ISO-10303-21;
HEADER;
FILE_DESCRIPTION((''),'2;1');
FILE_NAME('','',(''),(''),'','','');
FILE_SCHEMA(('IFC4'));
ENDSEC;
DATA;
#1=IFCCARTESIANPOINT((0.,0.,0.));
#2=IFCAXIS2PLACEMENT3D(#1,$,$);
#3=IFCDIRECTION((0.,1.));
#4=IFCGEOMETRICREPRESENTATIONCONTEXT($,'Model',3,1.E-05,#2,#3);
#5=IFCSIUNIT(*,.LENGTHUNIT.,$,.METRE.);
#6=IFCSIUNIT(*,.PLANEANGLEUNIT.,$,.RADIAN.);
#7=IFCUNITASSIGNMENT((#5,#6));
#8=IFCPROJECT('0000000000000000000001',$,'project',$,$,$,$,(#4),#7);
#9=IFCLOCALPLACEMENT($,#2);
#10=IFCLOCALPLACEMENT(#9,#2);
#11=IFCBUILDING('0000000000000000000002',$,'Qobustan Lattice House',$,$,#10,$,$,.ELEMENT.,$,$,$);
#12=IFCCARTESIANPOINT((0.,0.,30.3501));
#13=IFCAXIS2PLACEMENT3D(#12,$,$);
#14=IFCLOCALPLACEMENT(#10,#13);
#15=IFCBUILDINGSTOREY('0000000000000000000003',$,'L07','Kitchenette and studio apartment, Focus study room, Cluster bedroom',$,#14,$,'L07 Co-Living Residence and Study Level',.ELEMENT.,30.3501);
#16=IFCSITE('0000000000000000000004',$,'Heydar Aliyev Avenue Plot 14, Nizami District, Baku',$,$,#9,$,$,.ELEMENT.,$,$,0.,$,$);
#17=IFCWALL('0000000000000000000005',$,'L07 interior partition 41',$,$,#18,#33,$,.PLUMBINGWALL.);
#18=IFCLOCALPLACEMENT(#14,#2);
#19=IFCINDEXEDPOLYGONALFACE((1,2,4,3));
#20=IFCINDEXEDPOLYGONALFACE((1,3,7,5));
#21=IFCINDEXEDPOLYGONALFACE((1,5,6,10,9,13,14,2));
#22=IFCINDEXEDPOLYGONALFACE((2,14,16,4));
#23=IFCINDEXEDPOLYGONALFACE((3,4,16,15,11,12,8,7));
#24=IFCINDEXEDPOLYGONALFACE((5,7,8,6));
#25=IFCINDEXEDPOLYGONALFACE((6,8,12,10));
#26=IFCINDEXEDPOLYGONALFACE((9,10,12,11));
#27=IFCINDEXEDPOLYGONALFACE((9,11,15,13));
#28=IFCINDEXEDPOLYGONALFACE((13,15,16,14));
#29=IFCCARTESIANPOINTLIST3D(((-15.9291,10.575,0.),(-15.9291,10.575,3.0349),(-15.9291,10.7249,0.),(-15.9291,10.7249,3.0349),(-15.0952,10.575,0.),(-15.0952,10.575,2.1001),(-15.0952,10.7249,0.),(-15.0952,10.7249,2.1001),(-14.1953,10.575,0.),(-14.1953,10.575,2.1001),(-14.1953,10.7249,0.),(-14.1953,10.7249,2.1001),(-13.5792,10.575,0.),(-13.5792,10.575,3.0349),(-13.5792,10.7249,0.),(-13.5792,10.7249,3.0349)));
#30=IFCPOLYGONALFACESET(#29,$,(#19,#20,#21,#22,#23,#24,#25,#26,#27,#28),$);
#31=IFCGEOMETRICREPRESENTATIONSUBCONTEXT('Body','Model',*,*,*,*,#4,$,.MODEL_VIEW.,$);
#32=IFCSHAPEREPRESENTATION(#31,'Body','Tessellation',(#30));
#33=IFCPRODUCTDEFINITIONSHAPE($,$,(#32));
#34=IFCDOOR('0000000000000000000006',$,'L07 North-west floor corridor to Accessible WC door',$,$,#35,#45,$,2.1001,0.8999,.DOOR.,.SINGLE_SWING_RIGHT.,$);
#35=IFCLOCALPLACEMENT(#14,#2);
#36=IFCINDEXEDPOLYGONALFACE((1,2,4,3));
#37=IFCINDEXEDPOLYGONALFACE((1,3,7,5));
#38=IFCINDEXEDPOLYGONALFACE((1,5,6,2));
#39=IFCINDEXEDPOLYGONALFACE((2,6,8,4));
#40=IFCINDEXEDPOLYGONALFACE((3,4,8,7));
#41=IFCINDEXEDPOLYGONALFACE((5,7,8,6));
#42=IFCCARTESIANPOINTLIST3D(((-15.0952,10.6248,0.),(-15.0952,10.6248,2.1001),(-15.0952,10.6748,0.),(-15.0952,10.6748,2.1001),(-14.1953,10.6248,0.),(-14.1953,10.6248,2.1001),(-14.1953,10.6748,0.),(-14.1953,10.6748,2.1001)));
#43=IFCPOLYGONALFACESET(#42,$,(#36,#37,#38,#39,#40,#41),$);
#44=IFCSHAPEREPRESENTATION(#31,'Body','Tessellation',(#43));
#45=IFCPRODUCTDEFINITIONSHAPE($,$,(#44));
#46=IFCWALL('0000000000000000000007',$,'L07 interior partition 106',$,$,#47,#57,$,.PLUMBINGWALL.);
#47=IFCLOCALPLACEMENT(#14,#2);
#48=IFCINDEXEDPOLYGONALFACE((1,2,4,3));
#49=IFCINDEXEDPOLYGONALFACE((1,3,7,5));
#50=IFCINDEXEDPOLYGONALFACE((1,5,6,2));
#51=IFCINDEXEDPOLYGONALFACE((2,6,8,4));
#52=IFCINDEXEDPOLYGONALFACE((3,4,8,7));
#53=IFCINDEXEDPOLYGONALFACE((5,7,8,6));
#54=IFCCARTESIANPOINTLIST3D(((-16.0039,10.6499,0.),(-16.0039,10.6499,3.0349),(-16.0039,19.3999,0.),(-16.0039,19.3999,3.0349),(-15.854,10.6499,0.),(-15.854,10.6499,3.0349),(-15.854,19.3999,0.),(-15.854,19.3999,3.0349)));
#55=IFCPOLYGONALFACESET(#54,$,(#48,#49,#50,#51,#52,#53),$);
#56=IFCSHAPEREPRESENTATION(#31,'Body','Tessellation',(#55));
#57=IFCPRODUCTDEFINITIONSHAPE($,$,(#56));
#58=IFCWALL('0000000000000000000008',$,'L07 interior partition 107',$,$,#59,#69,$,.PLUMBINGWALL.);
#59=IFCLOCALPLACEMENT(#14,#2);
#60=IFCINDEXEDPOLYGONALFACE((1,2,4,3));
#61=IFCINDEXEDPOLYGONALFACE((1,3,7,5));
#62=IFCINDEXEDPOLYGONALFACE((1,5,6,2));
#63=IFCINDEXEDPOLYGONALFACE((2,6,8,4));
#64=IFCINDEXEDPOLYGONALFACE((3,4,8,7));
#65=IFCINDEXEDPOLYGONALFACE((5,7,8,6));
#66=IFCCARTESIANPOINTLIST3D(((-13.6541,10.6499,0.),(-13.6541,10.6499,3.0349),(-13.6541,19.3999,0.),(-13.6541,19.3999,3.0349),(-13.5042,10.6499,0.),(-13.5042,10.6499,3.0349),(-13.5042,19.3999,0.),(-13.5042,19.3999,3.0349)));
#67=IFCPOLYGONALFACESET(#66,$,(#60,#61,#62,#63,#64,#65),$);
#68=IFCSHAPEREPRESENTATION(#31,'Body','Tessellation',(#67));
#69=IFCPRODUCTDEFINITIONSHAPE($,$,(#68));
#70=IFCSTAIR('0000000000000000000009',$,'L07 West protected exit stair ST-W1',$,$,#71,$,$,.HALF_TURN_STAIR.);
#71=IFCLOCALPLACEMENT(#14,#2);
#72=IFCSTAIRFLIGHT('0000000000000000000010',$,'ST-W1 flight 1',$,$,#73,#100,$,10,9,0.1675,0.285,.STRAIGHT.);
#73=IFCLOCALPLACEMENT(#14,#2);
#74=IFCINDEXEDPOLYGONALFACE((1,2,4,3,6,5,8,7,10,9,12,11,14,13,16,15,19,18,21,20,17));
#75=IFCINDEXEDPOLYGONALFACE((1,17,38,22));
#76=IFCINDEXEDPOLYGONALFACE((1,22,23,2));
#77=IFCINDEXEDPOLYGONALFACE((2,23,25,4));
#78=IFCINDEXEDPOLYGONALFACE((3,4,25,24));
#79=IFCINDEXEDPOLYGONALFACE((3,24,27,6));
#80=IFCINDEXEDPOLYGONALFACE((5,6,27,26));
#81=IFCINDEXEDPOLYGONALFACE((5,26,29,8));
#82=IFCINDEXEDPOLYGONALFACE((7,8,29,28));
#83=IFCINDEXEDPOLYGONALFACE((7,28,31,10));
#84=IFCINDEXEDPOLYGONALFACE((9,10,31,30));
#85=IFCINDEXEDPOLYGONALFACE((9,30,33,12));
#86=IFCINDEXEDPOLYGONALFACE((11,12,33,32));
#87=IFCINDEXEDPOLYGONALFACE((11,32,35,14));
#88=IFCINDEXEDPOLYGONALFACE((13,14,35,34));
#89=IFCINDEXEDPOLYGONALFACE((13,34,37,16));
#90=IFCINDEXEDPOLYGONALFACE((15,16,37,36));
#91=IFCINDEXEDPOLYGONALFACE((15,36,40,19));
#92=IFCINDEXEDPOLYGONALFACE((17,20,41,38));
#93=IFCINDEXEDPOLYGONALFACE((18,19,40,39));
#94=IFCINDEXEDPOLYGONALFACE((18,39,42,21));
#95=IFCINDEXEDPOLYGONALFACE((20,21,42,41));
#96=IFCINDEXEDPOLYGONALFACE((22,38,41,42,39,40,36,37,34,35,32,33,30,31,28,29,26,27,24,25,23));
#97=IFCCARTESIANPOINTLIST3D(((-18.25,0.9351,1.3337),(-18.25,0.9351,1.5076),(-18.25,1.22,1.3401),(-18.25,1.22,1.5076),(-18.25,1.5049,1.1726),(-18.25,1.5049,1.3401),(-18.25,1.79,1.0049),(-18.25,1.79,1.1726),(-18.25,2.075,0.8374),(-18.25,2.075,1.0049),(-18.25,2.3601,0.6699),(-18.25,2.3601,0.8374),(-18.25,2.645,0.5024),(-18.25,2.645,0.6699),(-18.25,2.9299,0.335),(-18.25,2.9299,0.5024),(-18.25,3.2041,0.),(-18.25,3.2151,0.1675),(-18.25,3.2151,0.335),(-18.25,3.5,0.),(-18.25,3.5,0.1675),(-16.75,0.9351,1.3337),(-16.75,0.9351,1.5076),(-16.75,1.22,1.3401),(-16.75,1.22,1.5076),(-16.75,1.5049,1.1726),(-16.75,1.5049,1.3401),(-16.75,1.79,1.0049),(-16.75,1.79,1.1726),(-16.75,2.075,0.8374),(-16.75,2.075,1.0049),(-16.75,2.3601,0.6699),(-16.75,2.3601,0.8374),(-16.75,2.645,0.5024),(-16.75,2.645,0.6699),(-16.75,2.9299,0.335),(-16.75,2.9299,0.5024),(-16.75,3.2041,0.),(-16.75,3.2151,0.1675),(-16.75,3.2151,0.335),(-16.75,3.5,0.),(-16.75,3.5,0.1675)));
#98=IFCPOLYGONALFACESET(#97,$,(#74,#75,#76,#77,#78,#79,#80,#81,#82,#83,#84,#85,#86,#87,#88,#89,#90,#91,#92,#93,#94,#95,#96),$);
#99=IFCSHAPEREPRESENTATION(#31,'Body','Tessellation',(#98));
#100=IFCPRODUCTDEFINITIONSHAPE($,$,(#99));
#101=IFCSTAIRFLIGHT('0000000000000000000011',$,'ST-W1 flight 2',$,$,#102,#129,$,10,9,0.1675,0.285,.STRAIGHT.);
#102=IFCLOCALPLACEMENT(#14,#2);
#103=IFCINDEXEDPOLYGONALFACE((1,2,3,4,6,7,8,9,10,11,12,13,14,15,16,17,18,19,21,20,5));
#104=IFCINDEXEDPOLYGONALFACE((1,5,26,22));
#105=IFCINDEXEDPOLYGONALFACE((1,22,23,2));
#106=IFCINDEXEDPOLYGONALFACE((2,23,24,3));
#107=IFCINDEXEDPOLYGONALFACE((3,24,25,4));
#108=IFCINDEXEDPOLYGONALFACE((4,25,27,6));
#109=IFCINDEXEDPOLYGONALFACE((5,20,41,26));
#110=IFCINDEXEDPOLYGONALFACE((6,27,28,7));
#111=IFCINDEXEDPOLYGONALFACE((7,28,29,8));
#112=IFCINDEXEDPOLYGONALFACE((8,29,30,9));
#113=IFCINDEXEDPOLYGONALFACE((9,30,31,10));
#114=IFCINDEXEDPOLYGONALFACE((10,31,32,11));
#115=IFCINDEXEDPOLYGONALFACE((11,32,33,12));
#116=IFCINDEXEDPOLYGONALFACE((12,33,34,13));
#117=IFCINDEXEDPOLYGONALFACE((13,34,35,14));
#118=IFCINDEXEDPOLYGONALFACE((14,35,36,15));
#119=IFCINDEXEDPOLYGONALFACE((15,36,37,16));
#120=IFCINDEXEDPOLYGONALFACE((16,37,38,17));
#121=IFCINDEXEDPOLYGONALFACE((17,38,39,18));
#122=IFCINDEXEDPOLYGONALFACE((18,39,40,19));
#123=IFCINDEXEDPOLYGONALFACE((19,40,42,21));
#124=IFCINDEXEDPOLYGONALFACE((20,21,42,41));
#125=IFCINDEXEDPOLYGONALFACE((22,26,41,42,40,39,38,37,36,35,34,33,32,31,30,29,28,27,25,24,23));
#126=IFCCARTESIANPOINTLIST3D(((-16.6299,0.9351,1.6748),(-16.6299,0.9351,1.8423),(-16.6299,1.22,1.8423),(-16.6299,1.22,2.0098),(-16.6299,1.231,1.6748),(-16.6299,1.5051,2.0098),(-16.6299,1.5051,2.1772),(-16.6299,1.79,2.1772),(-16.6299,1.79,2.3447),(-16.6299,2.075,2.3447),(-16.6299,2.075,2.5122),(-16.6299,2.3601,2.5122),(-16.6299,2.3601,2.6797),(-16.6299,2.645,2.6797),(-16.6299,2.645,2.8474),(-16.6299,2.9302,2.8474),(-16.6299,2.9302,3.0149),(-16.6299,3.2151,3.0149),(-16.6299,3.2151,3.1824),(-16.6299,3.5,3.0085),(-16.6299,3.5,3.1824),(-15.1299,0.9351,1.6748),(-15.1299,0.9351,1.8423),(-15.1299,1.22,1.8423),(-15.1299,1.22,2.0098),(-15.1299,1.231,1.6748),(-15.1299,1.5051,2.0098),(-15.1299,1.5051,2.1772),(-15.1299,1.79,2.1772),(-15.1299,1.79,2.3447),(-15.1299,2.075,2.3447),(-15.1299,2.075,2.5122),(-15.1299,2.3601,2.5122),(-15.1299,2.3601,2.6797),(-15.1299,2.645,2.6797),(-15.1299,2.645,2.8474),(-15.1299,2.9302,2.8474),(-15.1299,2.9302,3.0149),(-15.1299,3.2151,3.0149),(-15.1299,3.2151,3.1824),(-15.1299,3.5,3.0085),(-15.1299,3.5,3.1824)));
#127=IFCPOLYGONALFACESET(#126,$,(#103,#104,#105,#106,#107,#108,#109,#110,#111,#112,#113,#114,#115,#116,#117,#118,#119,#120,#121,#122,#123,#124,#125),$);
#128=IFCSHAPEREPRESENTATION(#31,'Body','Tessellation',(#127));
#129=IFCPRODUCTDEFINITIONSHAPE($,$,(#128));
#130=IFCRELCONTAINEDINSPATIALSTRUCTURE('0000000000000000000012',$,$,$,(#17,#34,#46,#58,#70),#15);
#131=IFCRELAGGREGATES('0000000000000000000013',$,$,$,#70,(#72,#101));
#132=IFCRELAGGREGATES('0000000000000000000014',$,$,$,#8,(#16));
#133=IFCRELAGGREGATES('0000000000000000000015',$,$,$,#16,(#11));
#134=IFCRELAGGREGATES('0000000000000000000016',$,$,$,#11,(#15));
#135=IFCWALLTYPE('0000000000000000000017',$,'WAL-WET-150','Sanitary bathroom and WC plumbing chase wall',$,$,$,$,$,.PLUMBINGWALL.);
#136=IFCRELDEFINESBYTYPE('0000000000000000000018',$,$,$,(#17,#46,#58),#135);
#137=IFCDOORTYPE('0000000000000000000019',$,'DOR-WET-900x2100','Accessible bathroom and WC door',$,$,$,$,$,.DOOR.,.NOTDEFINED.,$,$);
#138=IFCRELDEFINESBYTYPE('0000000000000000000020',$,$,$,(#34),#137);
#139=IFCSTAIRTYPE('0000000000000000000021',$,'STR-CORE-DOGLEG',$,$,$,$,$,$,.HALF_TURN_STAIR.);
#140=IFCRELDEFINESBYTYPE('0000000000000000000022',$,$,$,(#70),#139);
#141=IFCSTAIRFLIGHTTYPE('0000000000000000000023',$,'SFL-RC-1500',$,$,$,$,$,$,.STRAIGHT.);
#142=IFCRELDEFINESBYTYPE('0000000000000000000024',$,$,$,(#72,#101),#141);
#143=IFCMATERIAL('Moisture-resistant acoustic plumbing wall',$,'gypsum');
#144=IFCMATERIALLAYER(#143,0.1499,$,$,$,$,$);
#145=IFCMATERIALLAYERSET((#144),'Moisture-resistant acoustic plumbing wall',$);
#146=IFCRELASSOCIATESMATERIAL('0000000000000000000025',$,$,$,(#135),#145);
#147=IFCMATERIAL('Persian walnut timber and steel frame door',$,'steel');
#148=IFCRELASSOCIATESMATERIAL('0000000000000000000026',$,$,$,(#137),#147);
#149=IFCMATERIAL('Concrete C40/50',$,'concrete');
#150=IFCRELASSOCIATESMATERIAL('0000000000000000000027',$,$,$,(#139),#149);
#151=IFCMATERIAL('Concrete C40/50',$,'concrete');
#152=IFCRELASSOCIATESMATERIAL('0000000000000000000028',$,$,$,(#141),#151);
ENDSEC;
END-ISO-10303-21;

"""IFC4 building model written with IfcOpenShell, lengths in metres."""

from ifc_helpers import new_model, si_unit, direction, frame, frame_2d, origin, place, context, subcontext, project, spatial, polyline, rectangle, outline, extrude, material, layer, layer_set, type_object, element, fill, aggregate, save


model = new_model("IFC4")

# Units and contexts
model_context = context("Model", 3, precision=1e-05, world=origin(), true_north=direction((0.0, 1.0)))
body_context = subcontext(model_context, "Body", "Model", "MODEL_VIEW")
ifc_project = project(units=[si_unit("LENGTHUNIT", "METRE"), si_unit("PLANEANGLEUNIT", "RADIAN")], contexts=[model_context])

# Site, building, storey
site_placement = place(None, origin())
site = spatial("IfcSite", under=ifc_project, at=site_placement, Name="Heydar Aliyev Avenue Plot 14, Nizami District, Baku", CompositionType="ELEMENT", RefElevation=0.0)
building_placement = place(site_placement, origin())
building = spatial("IfcBuilding", under=site, at=building_placement, Name="Qobustan Lattice House", CompositionType="ELEMENT")
storey_placement = place(building_placement, frame((0.0, 0.0, 30.3501)))
storey = spatial("IfcBuildingStorey", under=building, at=storey_placement, Name="L07", Description="Kitchenette and studio apartment, Focus study room, Cluster bedroom", LongName="L07 Co-Living Residence and Study Level", CompositionType="ELEMENT", Elevation=30.3501)

# Wall, opening, door
ifc_material_1 = material(Name="Moisture-resistant acoustic plumbing wall", Category="gypsum")
ifc_layer_1 = layer(ifc_material_1, 0.1499)
ifc_layer_set_1 = layer_set([ifc_layer_1], Name="Moisture-resistant acoustic plumbing wall")
wall_type_1 = type_object("IfcWallType", Name="WAL-WET-150", Description="Sanitary bathroom and WC plumbing chase wall", PredefinedType="PLUMBINGWALL", material=ifc_layer_set_1)
wall_1_placement = place(storey_placement, frame((-15.929, 10.6499, 0.0), z_axis=(0.0, 0.0, 1.0), x_axis=(1.0, 0.0, 0.0)))
wall_1 = element("IfcWall", 1, at=wall_1_placement, inside=storey, type_object=wall_type_1, Name="L07 interior partition 41", PredefinedType="PLUMBINGWALL", context=body_context, shape_type="SweptSolid", body=[
    extrude(rectangle(XDim=2.3499, YDim=0.1499, at=frame_2d((1.1748, 0.0))), origin(), (0.0, 0.0, 1.0), 3.0349),
])
opening_1_placement = place(wall_1_placement, frame((0.8337, 0.0, 0.0)))
opening_1 = element("IfcOpeningElement", 2, at=opening_1_placement, cuts=wall_1, PredefinedType="OPENING", context=body_context, shape_type="SweptSolid", body=[
    extrude(rectangle(XDim=0.8999, YDim=2.1001, at=frame_2d((0.45, 1.05))), frame((0.0, 0.085, 0.0), z_axis=(0.0, -1.0, 0.0), x_axis=(1.0, 0.0, 0.0)), (0.0, 0.0, 1.0), 0.1699),
])
ifc_material_2 = material(Name="Persian walnut timber and steel frame door", Category="steel")
door_type_1 = type_object("IfcDoorType", Name="DOR-WET-900x2100", Description="Accessible bathroom and WC door", OperationType="NOTDEFINED", PredefinedType="DOOR", material=ifc_material_2)
door_1_placement = place(opening_1_placement, origin())
door_1 = element("IfcDoor", 3, at=door_1_placement, inside=storey, type_object=door_type_1, Name="L07 North-west floor corridor to Accessible WC door", OperationType="SINGLE_SWING_RIGHT", OverallHeight=2.1001, OverallWidth=0.8999, PredefinedType="DOOR", context=body_context, shape_type="SweptSolid", body=[
    extrude(rectangle(XDim=0.8999, YDim=2.1001, at=frame_2d((0.45, 1.05))), frame((0.0, 0.0249, 0.0), z_axis=(0.0, -1.0, 0.0), x_axis=(1.0, 0.0, 0.0)), (0.0, 0.0, 1.0), 0.05),
])
fill(opening_1, door_1)

# Walls
for number, where, z_axis, x_axis, name in (
    (4, (-15.929, 19.3999, 0.0), (0.0, 0.0, 1.0), (0.0, -1.0, 0.0), "L07 interior partition 106"),
    (5, (-13.5791, 19.3999, 0.0), (0.0, 0.0, 1.0), (0.0, -1.0, 0.0), "L07 interior partition 107"),
):
    element("IfcWall", number, at=place(storey_placement, frame(where, z_axis=z_axis, x_axis=x_axis)), inside=storey, type_object=wall_type_1, Name=name, PredefinedType="PLUMBINGWALL", context=body_context, shape_type="SweptSolid", body=[
        extrude(rectangle(XDim=8.75, YDim=0.1499, at=frame_2d((4.375, 0.0))), origin(), (0.0, 0.0, 1.0), 3.0349),
    ])

# Stair, stair flights
ifc_material_3 = material(Name="Concrete C40/50", Category="concrete")
stair_type = type_object("IfcStairType", Name="STR-CORE-DOGLEG", PredefinedType="HALF_TURN_STAIR", material=ifc_material_3)
stair_placement = place(storey_placement, origin())
stair = element("IfcStair", 6, at=stair_placement, inside=storey, type_object=stair_type, Name="L07 West protected exit stair ST-W1", PredefinedType="HALF_TURN_STAIR")
ifc_material_4 = material(Name="Concrete C40/50", Category="concrete")
stair_flight_type = type_object("IfcStairFlightType", Name="SFL-RC-1500", PredefinedType="STRAIGHT", material=ifc_material_4)
stair_flight_1_placement = place(storey_placement, frame((-17.5, 3.5, 0.0), z_axis=(0.0, 0.0, 1.0), x_axis=(0.0, -1.0, 0.0)))
stair_flight_1 = element("IfcStairFlight", 7, at=stair_flight_1_placement, type_object=stair_flight_type, Name="ST-W1 flight 1", NumberOfRisers=10, NumberOfTreads=9, PredefinedType="STRAIGHT", RiserHeight=0.1675, TreadLength=0.285, context=body_context, shape_type="SweptSolid", body=[
    extrude(outline(polyline([(0.0, 0.0), (0.0, 0.1675), (0.2849, 0.1675), (0.2849, 0.335), (0.5701, 0.335), (0.5701, 0.5024), (0.855, 0.5024), (0.855, 0.6699), (1.1399, 0.6699), (1.1399, 0.8374), (1.425, 0.8374), (1.425, 1.0049), (1.71, 1.0049), (1.71, 1.1726), (1.9951, 1.1726), (1.9951, 1.3401), (2.28, 1.3401), (2.28, 1.5076), (2.5649, 1.5076), (2.5649, 1.675), (2.5649, 1.3337), (0.2959, 0.0), (0.0, 0.0)])), frame((0.0, 0.75, 0.0), z_axis=(0.0, -1.0, 0.0), x_axis=(1.0, 0.0, 0.0)), (0.0, 0.0, 1.0), 1.5),
])
stair_flight_2_placement = place(storey_placement, frame((-15.8799, 0.9351, 1.6748), z_axis=(0.0, 0.0, 1.0), x_axis=(0.0, 1.0, 0.0)))
stair_flight_2 = element("IfcStairFlight", 8, at=stair_flight_2_placement, type_object=stair_flight_type, Name="ST-W1 flight 2", NumberOfRisers=10, NumberOfTreads=9, PredefinedType="STRAIGHT", RiserHeight=0.1675, TreadLength=0.285, context=body_context, shape_type="SweptSolid", body=[
    extrude(outline(polyline([(0.0, 0.0), (0.0, 0.1675), (0.2849, 0.1675), (0.2849, 0.335), (0.5701, 0.335), (0.5701, 0.5024), (0.855, 0.5024), (0.855, 0.6699), (1.1399, 0.6699), (1.1399, 0.8374), (1.425, 0.8374), (1.425, 1.0049), (1.71, 1.0049), (1.71, 1.1726), (1.9951, 1.1726), (1.9951, 1.3401), (2.28, 1.3401), (2.28, 1.5076), (2.5649, 1.5076), (2.5649, 1.675), (2.5649, 1.3337), (0.2959, 0.0), (0.0, 0.0)])), frame((0.0, 0.75, 0.0), z_axis=(0.0, -1.0, 0.0), x_axis=(1.0, 0.0, 0.0)), (0.0, 0.0, 1.0), 1.5),
])
aggregate(stair, [stair_flight_1, stair_flight_2])

save(model, "model.ifc")
